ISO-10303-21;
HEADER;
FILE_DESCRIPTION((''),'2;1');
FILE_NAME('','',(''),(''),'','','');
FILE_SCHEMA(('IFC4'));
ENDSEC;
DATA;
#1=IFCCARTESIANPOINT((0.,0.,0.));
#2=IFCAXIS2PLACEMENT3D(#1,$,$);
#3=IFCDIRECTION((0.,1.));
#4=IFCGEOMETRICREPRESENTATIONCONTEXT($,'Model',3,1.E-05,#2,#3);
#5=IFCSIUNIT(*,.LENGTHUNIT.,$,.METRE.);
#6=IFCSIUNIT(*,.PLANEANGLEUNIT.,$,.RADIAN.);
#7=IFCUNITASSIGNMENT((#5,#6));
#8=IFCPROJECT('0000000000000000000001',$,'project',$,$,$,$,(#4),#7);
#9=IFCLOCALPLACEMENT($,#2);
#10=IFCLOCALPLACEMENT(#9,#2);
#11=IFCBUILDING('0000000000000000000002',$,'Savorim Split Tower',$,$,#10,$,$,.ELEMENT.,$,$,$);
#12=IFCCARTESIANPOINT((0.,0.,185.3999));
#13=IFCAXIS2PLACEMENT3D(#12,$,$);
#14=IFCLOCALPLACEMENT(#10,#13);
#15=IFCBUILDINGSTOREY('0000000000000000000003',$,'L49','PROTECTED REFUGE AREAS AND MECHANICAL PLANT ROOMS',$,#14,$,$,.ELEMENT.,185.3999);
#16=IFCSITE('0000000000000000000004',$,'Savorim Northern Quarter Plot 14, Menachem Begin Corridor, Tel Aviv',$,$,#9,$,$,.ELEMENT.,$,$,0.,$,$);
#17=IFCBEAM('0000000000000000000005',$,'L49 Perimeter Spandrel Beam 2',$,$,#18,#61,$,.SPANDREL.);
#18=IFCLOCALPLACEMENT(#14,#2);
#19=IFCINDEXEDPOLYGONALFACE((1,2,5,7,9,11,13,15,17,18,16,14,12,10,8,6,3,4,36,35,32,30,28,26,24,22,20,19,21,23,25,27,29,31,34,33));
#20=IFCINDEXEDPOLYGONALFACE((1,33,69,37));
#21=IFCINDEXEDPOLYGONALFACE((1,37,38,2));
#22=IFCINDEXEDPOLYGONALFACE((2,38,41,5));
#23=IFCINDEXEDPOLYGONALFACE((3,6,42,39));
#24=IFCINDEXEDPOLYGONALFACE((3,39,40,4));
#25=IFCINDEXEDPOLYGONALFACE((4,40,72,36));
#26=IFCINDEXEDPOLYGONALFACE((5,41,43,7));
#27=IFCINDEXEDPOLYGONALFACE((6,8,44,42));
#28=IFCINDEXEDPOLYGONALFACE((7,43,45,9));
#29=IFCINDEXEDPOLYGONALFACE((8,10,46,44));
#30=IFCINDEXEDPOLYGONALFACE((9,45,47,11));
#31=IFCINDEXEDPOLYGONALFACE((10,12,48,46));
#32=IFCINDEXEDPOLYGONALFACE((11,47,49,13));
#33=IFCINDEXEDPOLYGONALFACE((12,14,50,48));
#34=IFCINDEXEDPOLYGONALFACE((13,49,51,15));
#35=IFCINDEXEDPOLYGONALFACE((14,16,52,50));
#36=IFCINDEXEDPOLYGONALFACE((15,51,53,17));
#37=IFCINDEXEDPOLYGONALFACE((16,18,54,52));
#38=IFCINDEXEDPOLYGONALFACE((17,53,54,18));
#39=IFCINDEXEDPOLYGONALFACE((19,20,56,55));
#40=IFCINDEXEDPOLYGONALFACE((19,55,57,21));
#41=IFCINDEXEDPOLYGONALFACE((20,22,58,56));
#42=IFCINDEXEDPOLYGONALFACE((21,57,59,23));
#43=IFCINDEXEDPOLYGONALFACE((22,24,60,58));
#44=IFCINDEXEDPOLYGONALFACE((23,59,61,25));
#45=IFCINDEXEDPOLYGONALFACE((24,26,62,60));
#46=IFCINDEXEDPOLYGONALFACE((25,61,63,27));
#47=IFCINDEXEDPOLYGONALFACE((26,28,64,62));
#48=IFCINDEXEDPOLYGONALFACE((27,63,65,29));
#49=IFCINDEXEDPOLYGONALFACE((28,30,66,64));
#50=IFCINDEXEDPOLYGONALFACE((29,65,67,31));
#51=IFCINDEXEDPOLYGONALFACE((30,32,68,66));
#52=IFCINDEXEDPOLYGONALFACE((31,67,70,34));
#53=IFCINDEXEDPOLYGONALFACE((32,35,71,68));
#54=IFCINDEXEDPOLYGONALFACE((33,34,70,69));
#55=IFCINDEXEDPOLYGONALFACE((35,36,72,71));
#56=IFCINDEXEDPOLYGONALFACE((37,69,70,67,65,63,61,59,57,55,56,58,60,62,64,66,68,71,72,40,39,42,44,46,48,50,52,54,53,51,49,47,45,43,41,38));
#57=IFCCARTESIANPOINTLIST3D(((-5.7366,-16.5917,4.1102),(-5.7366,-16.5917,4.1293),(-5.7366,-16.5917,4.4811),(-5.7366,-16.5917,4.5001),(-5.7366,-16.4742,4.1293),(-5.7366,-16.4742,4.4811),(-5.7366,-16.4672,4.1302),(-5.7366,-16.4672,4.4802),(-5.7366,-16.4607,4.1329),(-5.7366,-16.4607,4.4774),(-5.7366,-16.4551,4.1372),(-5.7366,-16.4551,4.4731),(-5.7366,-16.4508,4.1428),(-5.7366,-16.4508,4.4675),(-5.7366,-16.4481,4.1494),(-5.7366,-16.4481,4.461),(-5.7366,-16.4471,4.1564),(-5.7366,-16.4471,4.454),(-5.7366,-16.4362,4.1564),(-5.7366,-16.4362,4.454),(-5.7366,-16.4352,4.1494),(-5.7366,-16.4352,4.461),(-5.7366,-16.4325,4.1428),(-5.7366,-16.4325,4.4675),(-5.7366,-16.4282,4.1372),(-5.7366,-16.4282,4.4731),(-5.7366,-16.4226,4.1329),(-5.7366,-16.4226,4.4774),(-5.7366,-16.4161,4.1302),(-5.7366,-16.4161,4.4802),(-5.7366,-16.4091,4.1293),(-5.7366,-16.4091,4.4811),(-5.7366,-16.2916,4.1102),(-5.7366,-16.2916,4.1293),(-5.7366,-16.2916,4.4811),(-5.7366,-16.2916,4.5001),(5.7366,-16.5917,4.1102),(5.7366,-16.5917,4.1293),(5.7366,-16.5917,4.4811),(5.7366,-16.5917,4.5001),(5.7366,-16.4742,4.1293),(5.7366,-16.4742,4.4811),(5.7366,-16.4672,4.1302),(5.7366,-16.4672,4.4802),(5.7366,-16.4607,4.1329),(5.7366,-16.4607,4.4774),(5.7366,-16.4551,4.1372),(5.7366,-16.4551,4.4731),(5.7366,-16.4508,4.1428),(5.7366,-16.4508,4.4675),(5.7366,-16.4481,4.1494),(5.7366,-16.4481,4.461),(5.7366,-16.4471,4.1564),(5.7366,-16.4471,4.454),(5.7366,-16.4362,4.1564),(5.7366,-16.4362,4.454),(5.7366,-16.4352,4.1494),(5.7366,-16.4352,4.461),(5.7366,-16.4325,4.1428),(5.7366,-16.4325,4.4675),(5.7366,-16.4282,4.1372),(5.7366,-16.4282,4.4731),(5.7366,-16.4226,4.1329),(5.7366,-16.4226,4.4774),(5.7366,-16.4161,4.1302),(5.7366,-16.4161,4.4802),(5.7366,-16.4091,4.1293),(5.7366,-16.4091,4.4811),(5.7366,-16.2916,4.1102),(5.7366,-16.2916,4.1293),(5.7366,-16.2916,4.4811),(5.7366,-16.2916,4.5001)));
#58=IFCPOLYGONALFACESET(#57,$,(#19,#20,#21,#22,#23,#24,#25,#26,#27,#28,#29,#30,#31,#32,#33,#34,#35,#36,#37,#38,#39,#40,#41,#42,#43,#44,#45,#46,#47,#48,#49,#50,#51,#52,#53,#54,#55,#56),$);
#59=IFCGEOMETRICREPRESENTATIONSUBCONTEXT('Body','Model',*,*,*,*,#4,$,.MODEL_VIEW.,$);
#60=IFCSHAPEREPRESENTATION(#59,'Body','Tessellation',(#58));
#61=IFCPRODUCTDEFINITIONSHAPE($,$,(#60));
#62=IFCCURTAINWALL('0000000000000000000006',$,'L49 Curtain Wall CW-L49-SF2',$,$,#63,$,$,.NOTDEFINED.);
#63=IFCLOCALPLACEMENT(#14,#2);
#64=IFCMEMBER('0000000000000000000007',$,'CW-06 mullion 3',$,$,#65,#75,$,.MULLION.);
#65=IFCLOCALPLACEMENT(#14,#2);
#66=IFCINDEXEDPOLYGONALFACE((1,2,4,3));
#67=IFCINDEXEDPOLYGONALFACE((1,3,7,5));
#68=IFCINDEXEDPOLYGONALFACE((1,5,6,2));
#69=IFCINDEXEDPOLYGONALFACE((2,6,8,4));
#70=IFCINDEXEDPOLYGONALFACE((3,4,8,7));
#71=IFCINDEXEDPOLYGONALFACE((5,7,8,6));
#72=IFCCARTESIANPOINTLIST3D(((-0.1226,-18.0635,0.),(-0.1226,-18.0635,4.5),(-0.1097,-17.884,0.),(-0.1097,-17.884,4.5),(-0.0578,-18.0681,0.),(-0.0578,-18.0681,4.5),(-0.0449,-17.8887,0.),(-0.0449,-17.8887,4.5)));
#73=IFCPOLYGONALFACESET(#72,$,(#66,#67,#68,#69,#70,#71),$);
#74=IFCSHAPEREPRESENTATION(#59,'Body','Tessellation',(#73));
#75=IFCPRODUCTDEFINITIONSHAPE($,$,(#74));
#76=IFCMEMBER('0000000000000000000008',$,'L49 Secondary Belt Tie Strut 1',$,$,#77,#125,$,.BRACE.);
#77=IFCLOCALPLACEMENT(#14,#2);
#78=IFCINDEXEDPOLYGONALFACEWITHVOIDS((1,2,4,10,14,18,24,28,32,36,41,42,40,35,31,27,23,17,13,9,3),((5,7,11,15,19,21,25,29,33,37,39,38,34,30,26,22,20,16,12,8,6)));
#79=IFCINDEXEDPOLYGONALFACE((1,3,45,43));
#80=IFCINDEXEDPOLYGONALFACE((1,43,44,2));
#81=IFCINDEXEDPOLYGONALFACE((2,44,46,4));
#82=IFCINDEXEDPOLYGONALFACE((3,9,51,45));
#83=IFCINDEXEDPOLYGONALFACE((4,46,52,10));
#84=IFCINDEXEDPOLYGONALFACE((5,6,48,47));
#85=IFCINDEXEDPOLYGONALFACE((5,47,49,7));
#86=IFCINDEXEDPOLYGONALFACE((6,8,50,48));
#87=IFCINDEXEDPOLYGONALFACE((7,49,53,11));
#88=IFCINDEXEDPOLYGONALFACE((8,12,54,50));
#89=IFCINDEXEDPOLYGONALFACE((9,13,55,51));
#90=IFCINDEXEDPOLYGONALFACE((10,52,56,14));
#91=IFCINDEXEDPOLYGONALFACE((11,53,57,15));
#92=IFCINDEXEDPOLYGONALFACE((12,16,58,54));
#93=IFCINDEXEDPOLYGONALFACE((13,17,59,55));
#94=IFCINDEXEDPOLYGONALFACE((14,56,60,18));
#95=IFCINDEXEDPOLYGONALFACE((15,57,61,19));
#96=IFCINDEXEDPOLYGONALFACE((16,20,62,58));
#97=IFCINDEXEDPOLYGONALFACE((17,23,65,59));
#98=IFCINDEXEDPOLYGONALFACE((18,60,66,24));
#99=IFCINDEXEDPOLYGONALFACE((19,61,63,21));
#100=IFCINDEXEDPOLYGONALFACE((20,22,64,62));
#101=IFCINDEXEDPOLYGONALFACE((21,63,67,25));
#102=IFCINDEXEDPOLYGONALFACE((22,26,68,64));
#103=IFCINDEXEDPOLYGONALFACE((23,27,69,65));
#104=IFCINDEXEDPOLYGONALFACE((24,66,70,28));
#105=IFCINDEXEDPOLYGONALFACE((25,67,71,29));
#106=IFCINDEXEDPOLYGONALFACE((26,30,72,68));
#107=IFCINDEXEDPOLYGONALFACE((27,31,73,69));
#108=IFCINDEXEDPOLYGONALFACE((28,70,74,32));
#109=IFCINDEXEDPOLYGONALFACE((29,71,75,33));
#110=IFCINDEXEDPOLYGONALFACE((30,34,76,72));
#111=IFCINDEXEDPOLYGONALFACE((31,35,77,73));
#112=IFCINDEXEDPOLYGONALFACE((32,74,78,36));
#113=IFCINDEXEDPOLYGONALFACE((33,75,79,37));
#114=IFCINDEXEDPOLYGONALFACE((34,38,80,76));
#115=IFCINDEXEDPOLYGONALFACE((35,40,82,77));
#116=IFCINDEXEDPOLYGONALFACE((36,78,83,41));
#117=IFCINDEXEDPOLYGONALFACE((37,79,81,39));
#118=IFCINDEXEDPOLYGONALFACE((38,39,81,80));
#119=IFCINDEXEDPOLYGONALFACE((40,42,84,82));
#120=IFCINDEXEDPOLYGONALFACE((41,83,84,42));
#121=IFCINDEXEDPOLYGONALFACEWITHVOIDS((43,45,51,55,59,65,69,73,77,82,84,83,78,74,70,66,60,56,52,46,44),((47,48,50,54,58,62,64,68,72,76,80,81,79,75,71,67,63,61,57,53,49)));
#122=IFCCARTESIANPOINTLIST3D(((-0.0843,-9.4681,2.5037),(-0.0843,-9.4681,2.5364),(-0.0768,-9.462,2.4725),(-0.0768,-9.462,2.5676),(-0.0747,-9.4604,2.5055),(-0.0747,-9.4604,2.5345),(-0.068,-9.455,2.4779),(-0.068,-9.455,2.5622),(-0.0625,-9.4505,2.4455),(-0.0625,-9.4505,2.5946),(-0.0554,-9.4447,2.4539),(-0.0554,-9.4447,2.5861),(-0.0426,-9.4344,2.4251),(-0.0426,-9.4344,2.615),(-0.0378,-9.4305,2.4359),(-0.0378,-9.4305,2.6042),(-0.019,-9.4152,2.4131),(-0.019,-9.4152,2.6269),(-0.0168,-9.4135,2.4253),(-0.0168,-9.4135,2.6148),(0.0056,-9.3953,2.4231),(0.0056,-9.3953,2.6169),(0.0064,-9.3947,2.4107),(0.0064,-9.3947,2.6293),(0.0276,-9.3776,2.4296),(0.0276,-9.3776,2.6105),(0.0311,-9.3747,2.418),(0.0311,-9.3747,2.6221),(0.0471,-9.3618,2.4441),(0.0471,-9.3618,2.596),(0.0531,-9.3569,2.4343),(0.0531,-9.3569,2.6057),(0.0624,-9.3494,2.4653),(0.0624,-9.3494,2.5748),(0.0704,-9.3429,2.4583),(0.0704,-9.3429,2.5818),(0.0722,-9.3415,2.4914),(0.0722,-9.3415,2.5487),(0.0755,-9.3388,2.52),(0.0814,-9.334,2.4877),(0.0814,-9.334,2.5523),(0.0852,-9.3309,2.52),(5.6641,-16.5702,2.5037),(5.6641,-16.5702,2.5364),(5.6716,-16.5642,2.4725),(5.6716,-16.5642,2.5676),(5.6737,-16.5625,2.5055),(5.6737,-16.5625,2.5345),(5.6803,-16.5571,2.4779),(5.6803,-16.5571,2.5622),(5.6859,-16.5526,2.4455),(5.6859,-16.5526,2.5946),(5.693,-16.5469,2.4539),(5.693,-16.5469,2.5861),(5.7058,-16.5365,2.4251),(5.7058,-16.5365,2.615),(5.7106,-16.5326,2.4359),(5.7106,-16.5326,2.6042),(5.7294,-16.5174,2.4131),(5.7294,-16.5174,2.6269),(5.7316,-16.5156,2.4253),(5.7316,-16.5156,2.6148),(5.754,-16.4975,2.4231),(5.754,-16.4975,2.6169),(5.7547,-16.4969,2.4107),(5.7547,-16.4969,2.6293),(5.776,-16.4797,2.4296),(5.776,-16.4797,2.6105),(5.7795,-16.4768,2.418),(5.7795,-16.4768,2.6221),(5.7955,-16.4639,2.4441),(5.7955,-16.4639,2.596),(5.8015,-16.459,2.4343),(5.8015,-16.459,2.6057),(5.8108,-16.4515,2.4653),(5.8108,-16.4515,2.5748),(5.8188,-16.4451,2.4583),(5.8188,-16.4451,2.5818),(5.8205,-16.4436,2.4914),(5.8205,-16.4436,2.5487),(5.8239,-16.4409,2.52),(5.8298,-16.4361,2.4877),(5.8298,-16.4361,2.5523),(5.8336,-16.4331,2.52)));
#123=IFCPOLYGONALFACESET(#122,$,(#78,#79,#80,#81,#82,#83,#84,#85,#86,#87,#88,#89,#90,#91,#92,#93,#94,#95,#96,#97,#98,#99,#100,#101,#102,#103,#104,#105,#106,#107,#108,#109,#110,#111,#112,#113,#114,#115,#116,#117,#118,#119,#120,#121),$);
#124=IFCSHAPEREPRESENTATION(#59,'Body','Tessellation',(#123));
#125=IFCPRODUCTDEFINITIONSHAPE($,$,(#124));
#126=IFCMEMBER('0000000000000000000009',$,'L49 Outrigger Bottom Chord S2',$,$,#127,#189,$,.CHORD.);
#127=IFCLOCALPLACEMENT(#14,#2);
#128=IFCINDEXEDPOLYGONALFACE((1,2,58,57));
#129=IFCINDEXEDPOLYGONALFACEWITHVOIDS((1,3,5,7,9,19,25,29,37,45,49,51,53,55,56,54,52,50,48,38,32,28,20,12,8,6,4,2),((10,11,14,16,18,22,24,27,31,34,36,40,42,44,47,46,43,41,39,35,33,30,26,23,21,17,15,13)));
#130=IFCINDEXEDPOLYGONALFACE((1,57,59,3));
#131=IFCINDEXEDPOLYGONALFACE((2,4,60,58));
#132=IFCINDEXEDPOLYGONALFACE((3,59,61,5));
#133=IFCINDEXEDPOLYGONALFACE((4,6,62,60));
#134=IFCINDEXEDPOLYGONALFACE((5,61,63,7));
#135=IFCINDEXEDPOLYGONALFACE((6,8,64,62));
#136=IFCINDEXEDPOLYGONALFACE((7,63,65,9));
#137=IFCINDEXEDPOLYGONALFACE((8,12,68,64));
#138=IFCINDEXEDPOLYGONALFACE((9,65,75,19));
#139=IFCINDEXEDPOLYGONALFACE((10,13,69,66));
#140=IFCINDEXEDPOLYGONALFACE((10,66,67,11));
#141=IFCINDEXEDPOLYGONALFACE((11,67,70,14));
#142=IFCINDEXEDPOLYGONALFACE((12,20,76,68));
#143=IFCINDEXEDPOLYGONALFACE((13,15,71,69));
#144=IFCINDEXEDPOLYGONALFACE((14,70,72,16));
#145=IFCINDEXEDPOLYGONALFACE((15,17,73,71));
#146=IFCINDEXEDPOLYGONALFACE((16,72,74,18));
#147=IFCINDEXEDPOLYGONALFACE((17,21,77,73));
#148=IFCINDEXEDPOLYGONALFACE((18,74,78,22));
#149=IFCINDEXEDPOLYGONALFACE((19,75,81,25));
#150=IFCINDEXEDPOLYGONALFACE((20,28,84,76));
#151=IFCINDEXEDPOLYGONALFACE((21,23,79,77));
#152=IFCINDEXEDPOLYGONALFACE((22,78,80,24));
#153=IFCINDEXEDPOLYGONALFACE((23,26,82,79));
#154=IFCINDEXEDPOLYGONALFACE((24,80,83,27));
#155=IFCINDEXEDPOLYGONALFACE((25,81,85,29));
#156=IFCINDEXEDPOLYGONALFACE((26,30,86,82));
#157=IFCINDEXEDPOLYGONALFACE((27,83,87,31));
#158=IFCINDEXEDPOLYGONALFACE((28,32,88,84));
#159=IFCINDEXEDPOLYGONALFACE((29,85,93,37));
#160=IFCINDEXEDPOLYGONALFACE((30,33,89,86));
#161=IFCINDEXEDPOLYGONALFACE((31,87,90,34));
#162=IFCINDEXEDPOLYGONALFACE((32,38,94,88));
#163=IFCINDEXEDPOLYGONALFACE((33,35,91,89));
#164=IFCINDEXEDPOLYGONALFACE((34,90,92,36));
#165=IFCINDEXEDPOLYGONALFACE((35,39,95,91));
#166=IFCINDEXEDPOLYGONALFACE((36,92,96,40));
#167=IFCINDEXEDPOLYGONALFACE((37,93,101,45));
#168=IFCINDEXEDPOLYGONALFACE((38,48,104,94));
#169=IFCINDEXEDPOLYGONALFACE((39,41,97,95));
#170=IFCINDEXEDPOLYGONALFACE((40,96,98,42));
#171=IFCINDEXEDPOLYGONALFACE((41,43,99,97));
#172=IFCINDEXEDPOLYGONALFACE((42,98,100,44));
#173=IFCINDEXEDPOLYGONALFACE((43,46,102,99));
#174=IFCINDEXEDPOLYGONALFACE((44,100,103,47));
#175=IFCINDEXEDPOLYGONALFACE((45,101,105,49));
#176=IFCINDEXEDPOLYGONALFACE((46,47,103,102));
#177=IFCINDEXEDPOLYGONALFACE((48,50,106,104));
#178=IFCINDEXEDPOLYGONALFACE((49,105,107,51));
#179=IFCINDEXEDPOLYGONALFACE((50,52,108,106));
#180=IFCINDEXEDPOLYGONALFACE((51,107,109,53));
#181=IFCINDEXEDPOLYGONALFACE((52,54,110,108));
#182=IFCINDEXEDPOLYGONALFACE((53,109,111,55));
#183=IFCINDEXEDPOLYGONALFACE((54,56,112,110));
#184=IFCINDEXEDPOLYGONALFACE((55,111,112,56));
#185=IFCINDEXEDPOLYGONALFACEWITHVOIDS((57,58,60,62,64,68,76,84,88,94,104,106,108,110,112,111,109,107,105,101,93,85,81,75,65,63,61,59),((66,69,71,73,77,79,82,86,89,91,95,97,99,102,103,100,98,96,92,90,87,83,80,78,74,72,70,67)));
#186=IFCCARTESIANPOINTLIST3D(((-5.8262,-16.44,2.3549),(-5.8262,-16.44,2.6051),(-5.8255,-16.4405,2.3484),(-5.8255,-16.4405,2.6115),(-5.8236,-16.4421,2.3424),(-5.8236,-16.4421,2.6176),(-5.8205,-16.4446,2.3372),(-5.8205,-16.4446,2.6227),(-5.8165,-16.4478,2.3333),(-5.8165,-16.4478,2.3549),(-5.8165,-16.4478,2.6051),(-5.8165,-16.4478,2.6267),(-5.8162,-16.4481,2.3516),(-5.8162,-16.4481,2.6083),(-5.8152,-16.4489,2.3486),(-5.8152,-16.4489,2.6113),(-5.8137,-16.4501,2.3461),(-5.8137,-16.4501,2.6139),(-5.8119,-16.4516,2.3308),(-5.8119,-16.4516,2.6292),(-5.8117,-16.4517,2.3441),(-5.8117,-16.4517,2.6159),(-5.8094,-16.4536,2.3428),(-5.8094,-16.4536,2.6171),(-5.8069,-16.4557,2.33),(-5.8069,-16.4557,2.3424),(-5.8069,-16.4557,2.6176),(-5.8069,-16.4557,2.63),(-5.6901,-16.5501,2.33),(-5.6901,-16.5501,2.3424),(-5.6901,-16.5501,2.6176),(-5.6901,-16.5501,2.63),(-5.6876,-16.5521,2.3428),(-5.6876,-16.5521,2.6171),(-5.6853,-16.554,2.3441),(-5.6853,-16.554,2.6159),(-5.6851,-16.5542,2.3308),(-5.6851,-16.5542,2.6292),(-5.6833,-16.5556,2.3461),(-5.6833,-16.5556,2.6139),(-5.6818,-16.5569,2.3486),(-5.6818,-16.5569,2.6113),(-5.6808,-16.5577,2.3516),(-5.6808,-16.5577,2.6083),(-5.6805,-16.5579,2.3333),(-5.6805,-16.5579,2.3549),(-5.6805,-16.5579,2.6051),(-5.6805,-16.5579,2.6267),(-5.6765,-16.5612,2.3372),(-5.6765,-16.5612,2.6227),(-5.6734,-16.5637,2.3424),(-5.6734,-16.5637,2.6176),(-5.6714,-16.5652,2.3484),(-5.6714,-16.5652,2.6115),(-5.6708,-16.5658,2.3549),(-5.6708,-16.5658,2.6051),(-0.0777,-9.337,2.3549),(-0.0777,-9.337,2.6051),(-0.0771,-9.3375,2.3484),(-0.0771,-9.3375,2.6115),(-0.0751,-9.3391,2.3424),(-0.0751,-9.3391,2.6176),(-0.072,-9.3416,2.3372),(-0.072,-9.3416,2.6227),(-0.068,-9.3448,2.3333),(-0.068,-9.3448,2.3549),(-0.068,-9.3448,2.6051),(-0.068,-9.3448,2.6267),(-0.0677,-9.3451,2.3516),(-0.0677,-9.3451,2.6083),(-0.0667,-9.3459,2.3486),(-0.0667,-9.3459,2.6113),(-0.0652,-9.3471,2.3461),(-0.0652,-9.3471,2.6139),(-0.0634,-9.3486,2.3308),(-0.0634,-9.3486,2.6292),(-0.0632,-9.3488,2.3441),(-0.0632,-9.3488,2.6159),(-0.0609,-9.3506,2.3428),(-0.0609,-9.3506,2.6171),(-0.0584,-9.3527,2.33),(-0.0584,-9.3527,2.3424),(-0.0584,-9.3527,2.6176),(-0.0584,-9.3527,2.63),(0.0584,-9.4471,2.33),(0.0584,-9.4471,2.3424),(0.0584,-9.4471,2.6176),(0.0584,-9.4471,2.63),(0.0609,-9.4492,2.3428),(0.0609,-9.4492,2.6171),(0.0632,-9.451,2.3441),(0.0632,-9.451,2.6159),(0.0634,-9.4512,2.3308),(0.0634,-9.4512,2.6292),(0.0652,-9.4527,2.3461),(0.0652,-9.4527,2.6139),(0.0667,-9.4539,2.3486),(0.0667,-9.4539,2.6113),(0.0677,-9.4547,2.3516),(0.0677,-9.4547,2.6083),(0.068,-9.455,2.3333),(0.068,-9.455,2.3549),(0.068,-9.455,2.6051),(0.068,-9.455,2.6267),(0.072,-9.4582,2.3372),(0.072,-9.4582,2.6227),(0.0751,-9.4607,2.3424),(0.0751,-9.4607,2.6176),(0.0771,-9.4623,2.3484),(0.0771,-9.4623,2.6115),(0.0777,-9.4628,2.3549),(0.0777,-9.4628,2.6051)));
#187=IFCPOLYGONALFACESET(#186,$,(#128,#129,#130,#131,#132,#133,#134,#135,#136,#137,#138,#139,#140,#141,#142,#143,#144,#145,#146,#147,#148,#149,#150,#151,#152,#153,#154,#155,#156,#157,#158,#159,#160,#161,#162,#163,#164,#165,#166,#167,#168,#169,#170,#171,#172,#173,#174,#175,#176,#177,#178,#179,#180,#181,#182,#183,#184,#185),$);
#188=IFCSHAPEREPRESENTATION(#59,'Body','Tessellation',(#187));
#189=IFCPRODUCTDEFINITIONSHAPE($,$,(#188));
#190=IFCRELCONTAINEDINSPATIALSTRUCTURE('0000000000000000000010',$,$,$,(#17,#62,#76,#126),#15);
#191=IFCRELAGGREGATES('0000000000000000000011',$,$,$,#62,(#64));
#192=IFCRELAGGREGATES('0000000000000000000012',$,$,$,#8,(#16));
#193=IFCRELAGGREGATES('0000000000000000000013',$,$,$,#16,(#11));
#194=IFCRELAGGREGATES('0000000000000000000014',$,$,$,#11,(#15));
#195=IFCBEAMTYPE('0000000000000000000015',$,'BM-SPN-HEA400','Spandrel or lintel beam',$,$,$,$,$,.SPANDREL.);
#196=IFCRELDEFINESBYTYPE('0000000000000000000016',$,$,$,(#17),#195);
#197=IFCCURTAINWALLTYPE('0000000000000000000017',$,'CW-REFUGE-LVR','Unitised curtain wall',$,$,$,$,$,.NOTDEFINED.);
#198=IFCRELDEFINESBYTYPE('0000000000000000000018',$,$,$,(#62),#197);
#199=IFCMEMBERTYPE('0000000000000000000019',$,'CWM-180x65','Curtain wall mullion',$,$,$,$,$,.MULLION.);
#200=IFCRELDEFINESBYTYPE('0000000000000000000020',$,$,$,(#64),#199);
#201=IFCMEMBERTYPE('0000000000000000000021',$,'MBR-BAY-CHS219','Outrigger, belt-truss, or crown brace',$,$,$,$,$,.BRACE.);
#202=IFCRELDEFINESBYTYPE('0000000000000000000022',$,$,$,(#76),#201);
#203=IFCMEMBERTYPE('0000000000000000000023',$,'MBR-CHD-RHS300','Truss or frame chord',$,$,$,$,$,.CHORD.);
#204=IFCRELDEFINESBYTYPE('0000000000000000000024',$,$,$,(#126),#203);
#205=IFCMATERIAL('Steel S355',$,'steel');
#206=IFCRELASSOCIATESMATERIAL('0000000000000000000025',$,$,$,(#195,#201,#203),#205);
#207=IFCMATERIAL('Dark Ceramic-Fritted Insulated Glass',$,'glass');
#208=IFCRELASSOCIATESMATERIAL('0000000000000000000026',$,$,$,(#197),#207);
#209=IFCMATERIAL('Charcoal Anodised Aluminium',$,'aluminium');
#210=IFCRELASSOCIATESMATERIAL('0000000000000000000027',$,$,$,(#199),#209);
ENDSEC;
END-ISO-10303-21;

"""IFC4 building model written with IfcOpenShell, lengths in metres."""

from ifc_helpers import new_model, si_unit, direction, frame, origin, origin_2d, place, context, subcontext, project, spatial, rectangle, hollow_rectangle, hollow_circle, i_section, extrude, material, material_profile, profile_set, type_object, element, aggregate, save


model = new_model("IFC4")

# Units and contexts
model_context = context("Model", 3, precision=1e-05, world=origin(), true_north=direction((0.0, 1.0)))
body_context = subcontext(model_context, "Body", "Model", "MODEL_VIEW")
ifc_project = project(units=[si_unit("LENGTHUNIT", "METRE"), si_unit("PLANEANGLEUNIT", "RADIAN")], contexts=[model_context])

# Site, building, storey
site_placement = place(None, origin())
site = spatial("IfcSite", under=ifc_project, at=site_placement, Name="Savorim Northern Quarter Plot 14, Menachem Begin Corridor, Tel Aviv", CompositionType="ELEMENT", RefElevation=0.0)
building_placement = place(site_placement, origin())
building = spatial("IfcBuilding", under=site, at=building_placement, Name="Savorim Split Tower", CompositionType="ELEMENT")
storey_placement = place(building_placement, frame((0.0, 0.0, 185.3999)))
storey = spatial("IfcBuildingStorey", under=building, at=storey_placement, Name="L49", Description="PROTECTED REFUGE AREAS AND MECHANICAL PLANT ROOMS", CompositionType="ELEMENT", Elevation=185.3999)

# Beam
ifc_material_1 = material(Name="Steel S355", Category="steel")
ifc_material_profile_1 = material_profile(ifc_material_1, i_section(OverallWidth=0.3, OverallDepth=0.3899, WebThickness=0.011, FlangeThickness=0.019, FilletRadius=0.0271, at=origin_2d()), Name="HEA 400")
ifc_profile_set_1 = profile_set([ifc_material_profile_1], Name="Steel S355")
beam_type_1 = type_object("IfcBeamType", Name="BM-SPN-HEA400", Description="Spandrel or lintel beam", PredefinedType="SPANDREL", material=ifc_profile_set_1)
beam_1_placement = place(storey_placement, frame((-5.7366, -16.4417, 4.3052), z_axis=(1.0, 0.0, 0.0), x_axis=(0.0, 1.0, 0.0)))
element("IfcBeam", 1, at=beam_1_placement, inside=storey, type_object=beam_type_1, Name="L49 Perimeter Spandrel Beam 2", PredefinedType="SPANDREL", context=body_context, shape_type="SweptSolid", body=[
    extrude(i_section(OverallWidth=0.3, OverallDepth=0.3899, WebThickness=0.011, FlangeThickness=0.019, FilletRadius=0.0271, at=origin_2d()), origin(), (0.0, 0.0, 1.0), 11.4731),
])

# Curtain wall, member
ifc_material_2 = material(Name="Dark Ceramic-Fritted Insulated Glass", Category="glass")
curtain_wall_type = type_object("IfcCurtainWallType", Name="CW-REFUGE-LVR", Description="Unitised curtain wall", PredefinedType="NOTDEFINED", material=ifc_material_2)
curtain_wall_placement = place(storey_placement, origin())
curtain_wall = element("IfcCurtainWall", 2, at=curtain_wall_placement, inside=storey, type_object=curtain_wall_type, Name="L49 Curtain Wall CW-L49-SF2", PredefinedType="NOTDEFINED")
ifc_material_3 = material(Name="Charcoal Anodised Aluminium", Category="aluminium")
ifc_material_profile_2 = material_profile(ifc_material_3, rectangle(XDim=0.1799, YDim=0.0649, at=origin_2d()), Name="ALU-M 180x65")
ifc_profile_set_2 = profile_set([ifc_material_profile_2], Name="Charcoal Anodised Aluminium")
member_type_1 = type_object("IfcMemberType", Name="CWM-180x65", Description="Curtain wall mullion", PredefinedType="MULLION", material=ifc_profile_set_2)
member_1_placement = place(storey_placement, frame((-0.0837, -17.9761, 0.0), z_axis=(0.0, 0.0, 1.0), x_axis=(0.071562, 0.997436, 0.0)))
member_1 = element("IfcMember", 3, at=member_1_placement, type_object=member_type_1, Name="CW-06 mullion 3", PredefinedType="MULLION", context=body_context, shape_type="SweptSolid", body=[
    extrude(rectangle(XDim=0.1799, YDim=0.0649, at=origin_2d()), origin(), (0.0, 0.0, 1.0), 4.5),
])

# Members
ifc_material_profile_3 = material_profile(ifc_material_1, hollow_circle(Radius=0.1096, WallThickness=0.0125, at=origin_2d()), Name="CHS 219.1x12.5")
ifc_profile_set_3 = profile_set([ifc_material_profile_3], Name="Steel S355")
member_type_2 = type_object("IfcMemberType", Name="MBR-BAY-CHS219", Description="Outrigger, belt-truss, or crown brace", PredefinedType="BRACE", material=ifc_profile_set_3)
member_2_placement = place(storey_placement, frame((0.0, -9.3999, 2.52), z_axis=(0.629133, -0.777298, 0.0), x_axis=(0.777298, 0.629133, 0.0)))
element("IfcMember", 4, at=member_2_placement, inside=storey, type_object=member_type_2, Name="L49 Secondary Belt Tie Strut 1", PredefinedType="BRACE", context=body_context, shape_type="SweptSolid", body=[
    extrude(hollow_circle(Radius=0.1096, WallThickness=0.0125, at=origin_2d()), origin(), (0.0, 0.0, 1.0), 9.137),
])
ifc_material_profile_4 = material_profile(ifc_material_1, hollow_rectangle(XDim=0.2, YDim=0.3, WallThickness=0.0125, InnerFilletRadius=0.0125, OuterFilletRadius=0.0249, at=origin_2d()), Name="RHS 300x200x12.5")
ifc_profile_set_4 = profile_set([ifc_material_profile_4], Name="Steel S355")
member_type_3 = type_object("IfcMemberType", Name="MBR-CHD-RHS300", Description="Truss or frame chord", PredefinedType="CHORD", material=ifc_profile_set_4)
member_3_placement = place(storey_placement, frame((0.0, -9.3999, 2.48), z_axis=(-0.629097, -0.777327, 0.0), x_axis=(0.777327, -0.629097, 0.0)))
element("IfcMember", 5, at=member_3_placement, inside=storey, type_object=member_type_3, Name="L49 Outrigger Bottom Chord S2", PredefinedType="CHORD", context=body_context, shape_type="SweptSolid", body=[
    extrude(hollow_rectangle(XDim=0.2, YDim=0.3, WallThickness=0.0125, InnerFilletRadius=0.0125, OuterFilletRadius=0.0249, at=origin_2d()), origin(), (0.0, 0.0, 1.0), 9.1377),
])

aggregate(curtain_wall, [member_1])

save(model, "model.ifc")
